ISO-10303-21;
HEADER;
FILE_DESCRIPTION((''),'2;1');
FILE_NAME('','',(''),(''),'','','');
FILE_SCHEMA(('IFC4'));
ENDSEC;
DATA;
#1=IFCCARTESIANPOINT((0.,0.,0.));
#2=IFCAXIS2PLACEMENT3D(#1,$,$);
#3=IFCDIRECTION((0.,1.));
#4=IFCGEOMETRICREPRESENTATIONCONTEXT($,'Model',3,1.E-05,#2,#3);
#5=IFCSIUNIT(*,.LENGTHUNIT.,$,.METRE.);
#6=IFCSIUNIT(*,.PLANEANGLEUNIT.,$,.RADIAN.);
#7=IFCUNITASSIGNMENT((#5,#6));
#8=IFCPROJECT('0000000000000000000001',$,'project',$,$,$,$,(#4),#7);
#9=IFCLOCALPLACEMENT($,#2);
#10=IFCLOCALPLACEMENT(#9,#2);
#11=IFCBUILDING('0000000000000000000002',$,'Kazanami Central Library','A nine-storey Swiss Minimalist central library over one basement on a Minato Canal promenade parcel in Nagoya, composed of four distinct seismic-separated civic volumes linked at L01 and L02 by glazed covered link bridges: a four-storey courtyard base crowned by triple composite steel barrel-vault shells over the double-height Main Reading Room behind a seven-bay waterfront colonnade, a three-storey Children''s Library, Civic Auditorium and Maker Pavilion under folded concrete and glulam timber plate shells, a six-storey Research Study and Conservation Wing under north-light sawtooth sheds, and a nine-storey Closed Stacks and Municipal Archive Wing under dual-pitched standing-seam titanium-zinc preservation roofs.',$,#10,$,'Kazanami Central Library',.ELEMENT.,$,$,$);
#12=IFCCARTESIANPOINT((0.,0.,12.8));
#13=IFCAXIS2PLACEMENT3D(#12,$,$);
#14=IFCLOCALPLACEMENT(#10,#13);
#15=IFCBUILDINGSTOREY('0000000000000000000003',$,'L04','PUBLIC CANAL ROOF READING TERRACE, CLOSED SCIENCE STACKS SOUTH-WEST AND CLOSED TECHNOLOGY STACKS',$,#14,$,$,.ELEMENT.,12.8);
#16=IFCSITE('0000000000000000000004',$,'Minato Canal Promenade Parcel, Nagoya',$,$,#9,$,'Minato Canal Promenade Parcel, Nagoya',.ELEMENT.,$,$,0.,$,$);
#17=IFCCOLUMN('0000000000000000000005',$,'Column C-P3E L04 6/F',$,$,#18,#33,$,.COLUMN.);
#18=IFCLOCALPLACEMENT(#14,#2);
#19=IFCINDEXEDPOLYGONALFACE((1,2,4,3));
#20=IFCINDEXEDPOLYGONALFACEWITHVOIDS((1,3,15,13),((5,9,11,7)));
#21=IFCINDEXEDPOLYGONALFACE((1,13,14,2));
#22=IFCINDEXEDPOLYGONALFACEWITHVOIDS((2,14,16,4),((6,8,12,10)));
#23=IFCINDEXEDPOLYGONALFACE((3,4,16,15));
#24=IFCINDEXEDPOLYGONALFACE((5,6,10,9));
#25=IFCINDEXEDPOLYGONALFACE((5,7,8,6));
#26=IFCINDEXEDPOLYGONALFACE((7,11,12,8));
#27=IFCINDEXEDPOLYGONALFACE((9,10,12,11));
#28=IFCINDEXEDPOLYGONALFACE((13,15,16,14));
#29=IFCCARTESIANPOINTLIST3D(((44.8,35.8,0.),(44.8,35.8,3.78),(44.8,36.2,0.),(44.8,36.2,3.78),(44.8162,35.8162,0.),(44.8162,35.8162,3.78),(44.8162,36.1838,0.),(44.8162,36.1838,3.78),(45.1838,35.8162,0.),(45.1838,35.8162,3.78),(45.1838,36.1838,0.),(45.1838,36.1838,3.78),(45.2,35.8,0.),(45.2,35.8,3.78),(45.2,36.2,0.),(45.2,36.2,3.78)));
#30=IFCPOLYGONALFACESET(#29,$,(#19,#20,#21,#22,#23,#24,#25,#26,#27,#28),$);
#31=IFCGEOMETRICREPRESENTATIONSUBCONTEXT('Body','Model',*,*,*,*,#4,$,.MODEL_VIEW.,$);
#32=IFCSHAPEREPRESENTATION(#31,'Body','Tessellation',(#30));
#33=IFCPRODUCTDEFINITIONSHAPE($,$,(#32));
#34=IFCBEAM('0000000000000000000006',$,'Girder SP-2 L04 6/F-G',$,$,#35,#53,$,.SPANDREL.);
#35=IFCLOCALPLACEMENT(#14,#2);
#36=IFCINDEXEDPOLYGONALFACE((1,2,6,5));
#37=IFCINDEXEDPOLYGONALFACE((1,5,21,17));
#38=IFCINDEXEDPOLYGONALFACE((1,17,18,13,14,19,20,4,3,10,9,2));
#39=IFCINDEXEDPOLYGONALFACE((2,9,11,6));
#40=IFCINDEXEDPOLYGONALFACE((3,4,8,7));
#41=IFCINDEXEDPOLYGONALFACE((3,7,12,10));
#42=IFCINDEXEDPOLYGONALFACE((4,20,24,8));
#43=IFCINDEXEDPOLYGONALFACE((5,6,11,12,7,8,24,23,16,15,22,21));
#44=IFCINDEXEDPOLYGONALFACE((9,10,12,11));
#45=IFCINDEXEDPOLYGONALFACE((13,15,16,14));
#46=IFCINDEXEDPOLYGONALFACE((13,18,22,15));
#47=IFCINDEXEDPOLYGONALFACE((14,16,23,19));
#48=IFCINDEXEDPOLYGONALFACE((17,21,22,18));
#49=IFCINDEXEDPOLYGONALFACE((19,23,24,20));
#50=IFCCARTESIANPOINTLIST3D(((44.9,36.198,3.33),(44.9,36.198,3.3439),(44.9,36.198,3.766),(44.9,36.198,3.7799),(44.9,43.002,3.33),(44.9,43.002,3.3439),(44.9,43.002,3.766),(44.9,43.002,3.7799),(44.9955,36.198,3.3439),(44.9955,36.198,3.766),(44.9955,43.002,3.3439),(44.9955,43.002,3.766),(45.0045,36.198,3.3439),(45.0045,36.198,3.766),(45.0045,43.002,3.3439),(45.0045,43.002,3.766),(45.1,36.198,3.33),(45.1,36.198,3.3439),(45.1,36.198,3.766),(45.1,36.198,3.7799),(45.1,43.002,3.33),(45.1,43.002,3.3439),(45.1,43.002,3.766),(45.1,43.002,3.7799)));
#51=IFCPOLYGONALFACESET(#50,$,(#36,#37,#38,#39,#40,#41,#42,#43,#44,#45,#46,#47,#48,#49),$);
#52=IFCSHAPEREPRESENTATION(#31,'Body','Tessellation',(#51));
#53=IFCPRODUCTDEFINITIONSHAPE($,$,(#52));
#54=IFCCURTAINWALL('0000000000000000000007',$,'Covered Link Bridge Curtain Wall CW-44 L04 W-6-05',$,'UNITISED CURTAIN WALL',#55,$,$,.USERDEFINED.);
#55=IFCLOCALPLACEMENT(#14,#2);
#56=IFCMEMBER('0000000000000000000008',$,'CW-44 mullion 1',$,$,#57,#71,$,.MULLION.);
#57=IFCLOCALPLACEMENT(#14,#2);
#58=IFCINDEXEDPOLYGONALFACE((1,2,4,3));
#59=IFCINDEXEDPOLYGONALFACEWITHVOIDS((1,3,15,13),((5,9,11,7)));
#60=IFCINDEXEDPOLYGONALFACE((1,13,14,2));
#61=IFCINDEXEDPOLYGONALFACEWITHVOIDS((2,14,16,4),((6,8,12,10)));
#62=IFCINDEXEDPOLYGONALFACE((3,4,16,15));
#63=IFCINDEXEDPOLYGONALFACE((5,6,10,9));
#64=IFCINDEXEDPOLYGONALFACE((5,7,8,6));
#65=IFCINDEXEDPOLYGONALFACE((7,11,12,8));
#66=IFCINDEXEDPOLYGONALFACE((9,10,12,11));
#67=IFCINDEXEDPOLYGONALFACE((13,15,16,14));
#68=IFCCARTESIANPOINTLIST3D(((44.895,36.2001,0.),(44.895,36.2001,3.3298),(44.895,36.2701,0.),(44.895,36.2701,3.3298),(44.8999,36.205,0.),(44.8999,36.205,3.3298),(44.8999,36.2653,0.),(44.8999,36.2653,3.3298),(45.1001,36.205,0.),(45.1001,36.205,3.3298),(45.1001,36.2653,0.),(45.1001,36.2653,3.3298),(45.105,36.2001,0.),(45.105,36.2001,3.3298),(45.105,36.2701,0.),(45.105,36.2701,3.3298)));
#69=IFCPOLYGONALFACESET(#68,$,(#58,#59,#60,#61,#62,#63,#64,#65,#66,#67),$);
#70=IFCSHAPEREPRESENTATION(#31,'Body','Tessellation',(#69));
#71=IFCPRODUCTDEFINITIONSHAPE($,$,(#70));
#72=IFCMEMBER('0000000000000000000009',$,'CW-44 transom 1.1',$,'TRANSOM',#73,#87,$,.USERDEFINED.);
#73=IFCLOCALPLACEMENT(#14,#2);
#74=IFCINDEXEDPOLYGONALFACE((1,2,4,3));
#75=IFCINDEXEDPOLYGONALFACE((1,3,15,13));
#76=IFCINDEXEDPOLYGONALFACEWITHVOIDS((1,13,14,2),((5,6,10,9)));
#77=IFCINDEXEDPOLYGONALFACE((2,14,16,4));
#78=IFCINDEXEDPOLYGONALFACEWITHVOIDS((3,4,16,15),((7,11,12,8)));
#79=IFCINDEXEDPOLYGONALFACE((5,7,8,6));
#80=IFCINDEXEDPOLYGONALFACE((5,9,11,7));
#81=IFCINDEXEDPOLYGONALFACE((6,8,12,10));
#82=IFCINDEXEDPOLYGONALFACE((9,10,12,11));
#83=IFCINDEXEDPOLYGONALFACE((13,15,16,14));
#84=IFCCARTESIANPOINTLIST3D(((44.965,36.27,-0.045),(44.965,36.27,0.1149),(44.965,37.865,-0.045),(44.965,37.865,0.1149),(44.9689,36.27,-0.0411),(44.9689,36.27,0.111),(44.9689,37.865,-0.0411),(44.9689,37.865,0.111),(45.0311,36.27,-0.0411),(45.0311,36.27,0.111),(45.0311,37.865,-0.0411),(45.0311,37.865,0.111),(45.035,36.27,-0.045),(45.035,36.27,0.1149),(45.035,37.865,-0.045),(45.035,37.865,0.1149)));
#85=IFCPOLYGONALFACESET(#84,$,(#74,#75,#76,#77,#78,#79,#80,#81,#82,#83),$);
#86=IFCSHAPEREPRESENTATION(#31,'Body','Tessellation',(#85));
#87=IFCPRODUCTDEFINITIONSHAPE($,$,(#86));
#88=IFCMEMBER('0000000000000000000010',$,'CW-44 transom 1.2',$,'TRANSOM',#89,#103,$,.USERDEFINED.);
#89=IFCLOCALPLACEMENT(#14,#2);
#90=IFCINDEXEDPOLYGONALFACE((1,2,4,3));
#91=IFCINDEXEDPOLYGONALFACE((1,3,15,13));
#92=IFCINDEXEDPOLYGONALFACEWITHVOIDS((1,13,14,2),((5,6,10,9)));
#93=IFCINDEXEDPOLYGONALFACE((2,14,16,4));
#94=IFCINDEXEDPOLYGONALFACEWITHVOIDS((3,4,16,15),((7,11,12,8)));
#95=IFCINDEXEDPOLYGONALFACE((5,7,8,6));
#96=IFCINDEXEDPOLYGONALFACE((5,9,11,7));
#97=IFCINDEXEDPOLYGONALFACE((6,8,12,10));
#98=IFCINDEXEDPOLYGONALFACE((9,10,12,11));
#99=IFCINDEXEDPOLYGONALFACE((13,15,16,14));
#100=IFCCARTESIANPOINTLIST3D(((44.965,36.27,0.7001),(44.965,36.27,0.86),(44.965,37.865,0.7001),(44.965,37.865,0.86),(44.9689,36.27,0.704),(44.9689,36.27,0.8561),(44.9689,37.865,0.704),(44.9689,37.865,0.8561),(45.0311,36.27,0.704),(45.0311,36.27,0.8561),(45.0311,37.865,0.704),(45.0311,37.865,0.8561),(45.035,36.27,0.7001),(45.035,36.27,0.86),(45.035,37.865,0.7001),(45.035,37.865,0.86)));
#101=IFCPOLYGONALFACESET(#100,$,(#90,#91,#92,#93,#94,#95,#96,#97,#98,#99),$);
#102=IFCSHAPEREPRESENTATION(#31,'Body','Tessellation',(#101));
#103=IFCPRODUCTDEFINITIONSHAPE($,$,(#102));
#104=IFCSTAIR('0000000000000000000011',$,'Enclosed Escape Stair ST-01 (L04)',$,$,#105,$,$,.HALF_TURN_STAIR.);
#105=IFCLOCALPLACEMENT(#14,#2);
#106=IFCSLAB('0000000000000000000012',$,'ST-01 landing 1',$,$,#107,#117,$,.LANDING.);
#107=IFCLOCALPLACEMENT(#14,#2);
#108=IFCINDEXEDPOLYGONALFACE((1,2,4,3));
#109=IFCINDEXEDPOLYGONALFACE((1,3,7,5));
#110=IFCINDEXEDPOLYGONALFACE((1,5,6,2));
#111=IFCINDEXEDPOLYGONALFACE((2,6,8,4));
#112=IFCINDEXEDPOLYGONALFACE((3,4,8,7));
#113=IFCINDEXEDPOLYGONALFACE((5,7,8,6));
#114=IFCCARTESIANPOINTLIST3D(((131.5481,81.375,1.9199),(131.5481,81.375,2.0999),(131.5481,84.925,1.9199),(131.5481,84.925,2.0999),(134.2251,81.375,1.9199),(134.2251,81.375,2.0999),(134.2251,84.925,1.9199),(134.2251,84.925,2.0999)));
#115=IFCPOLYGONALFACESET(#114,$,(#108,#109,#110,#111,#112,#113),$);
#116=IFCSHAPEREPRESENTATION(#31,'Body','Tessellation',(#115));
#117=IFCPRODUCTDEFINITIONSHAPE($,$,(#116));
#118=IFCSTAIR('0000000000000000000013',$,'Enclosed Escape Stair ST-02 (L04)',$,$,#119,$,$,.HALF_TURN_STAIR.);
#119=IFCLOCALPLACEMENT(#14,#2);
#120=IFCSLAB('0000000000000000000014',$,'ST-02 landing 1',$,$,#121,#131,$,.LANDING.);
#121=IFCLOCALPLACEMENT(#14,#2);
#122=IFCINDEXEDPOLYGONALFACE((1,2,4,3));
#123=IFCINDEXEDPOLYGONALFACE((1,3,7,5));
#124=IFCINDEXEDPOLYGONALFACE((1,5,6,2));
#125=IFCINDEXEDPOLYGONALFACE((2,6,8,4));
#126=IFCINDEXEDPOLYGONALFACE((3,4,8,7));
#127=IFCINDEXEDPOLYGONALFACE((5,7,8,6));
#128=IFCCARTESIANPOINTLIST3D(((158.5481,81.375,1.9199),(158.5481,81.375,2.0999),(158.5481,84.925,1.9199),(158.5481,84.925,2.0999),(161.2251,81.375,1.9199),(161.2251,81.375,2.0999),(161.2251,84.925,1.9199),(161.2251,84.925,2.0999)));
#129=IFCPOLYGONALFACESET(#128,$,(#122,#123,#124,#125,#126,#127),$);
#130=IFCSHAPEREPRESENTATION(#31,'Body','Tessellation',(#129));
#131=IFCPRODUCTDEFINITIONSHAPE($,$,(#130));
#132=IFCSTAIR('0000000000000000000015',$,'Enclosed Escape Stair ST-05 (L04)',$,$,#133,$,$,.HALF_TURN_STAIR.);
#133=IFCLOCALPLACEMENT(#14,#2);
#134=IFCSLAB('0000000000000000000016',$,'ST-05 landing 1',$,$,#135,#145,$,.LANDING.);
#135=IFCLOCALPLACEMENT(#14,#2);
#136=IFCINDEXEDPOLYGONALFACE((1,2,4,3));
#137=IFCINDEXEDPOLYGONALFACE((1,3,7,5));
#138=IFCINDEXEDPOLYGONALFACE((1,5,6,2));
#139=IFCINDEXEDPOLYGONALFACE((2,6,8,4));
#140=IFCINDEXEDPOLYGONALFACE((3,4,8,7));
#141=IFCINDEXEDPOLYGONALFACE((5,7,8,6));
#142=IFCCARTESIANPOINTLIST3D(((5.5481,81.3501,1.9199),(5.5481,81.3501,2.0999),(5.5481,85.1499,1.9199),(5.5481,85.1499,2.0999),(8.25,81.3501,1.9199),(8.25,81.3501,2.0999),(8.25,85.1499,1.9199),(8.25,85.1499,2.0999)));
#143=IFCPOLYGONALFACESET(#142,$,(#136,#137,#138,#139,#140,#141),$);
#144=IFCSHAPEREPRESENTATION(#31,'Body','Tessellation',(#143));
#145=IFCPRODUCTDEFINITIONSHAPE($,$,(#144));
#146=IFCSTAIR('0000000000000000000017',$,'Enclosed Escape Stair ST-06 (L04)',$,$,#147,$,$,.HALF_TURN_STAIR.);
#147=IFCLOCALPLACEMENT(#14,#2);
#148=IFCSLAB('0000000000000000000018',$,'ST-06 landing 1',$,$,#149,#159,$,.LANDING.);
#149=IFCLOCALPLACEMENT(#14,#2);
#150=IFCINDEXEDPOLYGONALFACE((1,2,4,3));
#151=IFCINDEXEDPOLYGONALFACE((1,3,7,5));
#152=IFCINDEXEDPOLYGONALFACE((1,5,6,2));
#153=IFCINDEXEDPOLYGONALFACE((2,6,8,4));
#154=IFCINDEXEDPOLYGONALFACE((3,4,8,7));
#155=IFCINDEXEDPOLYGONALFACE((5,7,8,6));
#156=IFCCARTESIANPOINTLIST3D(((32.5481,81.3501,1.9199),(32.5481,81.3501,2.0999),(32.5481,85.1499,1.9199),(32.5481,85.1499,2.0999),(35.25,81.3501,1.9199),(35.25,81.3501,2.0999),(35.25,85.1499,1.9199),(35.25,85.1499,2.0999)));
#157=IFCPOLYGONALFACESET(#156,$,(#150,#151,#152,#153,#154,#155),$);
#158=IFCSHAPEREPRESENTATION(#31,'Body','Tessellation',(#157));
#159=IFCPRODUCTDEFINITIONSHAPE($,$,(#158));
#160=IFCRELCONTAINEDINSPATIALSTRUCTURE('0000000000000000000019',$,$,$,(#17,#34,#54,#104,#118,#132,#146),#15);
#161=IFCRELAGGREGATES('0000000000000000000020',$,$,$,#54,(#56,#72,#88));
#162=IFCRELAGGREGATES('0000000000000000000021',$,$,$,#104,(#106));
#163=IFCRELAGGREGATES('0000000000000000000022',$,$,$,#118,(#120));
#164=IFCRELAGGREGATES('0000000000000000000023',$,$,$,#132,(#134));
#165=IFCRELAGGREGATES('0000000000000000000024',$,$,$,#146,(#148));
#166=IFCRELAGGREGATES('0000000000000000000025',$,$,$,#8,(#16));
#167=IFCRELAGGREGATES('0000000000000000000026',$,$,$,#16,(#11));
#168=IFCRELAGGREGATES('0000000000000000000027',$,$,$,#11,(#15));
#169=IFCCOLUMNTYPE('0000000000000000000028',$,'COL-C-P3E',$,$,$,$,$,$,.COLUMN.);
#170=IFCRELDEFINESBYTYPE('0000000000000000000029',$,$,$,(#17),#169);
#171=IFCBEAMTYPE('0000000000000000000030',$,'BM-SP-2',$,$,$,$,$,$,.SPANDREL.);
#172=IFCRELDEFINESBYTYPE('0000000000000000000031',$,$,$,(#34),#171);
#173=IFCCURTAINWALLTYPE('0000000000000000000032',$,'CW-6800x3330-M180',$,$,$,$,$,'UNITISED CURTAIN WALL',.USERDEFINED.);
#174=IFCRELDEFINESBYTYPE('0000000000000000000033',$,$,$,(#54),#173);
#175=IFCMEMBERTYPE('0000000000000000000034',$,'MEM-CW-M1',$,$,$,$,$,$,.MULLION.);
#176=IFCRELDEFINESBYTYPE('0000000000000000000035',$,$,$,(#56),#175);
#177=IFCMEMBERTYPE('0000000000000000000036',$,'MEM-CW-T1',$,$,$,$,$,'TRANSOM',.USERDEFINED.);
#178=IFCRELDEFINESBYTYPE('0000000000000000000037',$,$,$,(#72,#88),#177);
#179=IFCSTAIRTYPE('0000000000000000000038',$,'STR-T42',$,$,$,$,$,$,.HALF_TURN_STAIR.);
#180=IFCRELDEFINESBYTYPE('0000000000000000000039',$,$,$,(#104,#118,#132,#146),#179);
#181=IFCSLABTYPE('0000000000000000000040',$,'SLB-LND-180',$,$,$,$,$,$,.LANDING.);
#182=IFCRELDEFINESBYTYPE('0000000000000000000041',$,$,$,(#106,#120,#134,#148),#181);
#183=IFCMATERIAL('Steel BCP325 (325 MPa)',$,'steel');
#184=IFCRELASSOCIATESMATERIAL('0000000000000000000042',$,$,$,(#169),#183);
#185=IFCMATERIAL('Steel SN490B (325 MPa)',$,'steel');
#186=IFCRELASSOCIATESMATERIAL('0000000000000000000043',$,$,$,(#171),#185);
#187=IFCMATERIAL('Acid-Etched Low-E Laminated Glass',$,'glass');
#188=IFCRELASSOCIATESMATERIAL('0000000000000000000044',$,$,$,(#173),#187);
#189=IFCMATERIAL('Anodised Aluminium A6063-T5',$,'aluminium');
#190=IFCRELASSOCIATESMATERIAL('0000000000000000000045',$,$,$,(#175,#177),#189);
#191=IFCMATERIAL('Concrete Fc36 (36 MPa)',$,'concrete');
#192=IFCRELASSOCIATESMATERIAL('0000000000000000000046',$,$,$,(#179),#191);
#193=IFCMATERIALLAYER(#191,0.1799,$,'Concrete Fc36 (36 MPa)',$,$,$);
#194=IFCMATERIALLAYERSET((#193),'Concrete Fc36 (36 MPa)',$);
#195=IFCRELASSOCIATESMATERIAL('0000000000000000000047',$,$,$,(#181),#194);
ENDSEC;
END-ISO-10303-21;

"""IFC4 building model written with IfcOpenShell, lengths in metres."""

from ifc_helpers import new_model, si_unit, direction, frame, origin, origin_2d, place, context, subcontext, project, spatial, polyline, hollow_rectangle, i_section, outline, extrude, material, layer, layer_set, material_profile, profile_set, type_object, element, aggregate, save


model = new_model("IFC4")

# Units and contexts
model_context = context("Model", 3, precision=1e-05, world=origin(), true_north=direction((0.0, 1.0)))
body_context = subcontext(model_context, "Body", "Model", "MODEL_VIEW")
ifc_project = project(units=[si_unit("LENGTHUNIT", "METRE"), si_unit("PLANEANGLEUNIT", "RADIAN")], contexts=[model_context])

# Site, building, storey
site_placement = place(None, origin())
site = spatial("IfcSite", under=ifc_project, at=site_placement, Name="Minato Canal Promenade Parcel, Nagoya", LongName="Minato Canal Promenade Parcel, Nagoya", CompositionType="ELEMENT", RefElevation=0.0)
building_placement = place(site_placement, origin())
building = spatial("IfcBuilding", under=site, at=building_placement, Name="Kazanami Central Library", Description="A nine-storey Swiss Minimalist central library over one basement on a Minato Canal promenade parcel in Nagoya, composed of four distinct seismic-separated civic volumes linked at L01 and L02 by glazed covered link bridges: a four-storey courtyard base crowned by triple composite steel barrel-vault shells over the double-height Main Reading Room behind a seven-bay waterfront colonnade, a three-storey Children's Library, Civic Auditorium and Maker Pavilion under folded concrete and glulam timber plate shells, a six-storey Research Study and Conservation Wing under north-light sawtooth sheds, and a nine-storey Closed Stacks and Municipal Archive Wing under dual-pitched standing-seam titanium-zinc preservation roofs.", LongName="Kazanami Central Library", CompositionType="ELEMENT")
storey_placement = place(building_placement, frame((0.0, 0.0, 12.8)))
storey = spatial("IfcBuildingStorey", under=building, at=storey_placement, Name="L04", Description="PUBLIC CANAL ROOF READING TERRACE, CLOSED SCIENCE STACKS SOUTH-WEST AND CLOSED TECHNOLOGY STACKS", CompositionType="ELEMENT", Elevation=12.8)

# Column
ifc_material_1 = material(Name="Steel BCP325 (325 MPa)", Category="steel")
ifc_material_profile_1 = material_profile(ifc_material_1, hollow_rectangle(XDim=0.3999, YDim=0.3999, WallThickness=0.0161, at=origin_2d()), Name="BCP-400x400x16")
ifc_profile_set_1 = profile_set([ifc_material_profile_1], Name="Steel BCP325 (325 MPa)")
column_type = type_object("IfcColumnType", Name="COL-C-P3E", PredefinedType="COLUMN", material=ifc_profile_set_1)
column_placement = place(storey_placement, frame((45.0, 36.0, 0.0), z_axis=(0.0, 0.0, 1.0), x_axis=(1.0, 0.0, 0.0)))
element("IfcColumn", 1, at=column_placement, inside=storey, type_object=column_type, Name="Column C-P3E L04 6/F", PredefinedType="COLUMN", context=body_context, shape_type="SweptSolid", body=[
    extrude(hollow_rectangle(XDim=0.3999, YDim=0.3999, WallThickness=0.0161, at=origin_2d()), origin(), (0.0, 0.0, 1.0), 3.78),
])

# Beam
ifc_material_2 = material(Name="Steel SN490B (325 MPa)", Category="steel")
ifc_material_profile_2 = material_profile(ifc_material_2, i_section(OverallWidth=0.2, OverallDepth=0.45, WebThickness=0.009, FlangeThickness=0.0139, at=origin_2d()), Name="H-450x200x9x14")
ifc_profile_set_2 = profile_set([ifc_material_profile_2], Name="Steel SN490B (325 MPa)")
beam_type = type_object("IfcBeamType", Name="BM-SP-2", PredefinedType="SPANDREL", material=ifc_profile_set_2)
beam_placement = place(storey_placement, frame((45.0, 36.198, 3.5549), z_axis=(0.0, 1.0, 0.0), x_axis=(-1.0, 0.0, 0.0)))
element("IfcBeam", 2, at=beam_placement, inside=storey, type_object=beam_type, Name="Girder SP-2 L04 6/F-G", PredefinedType="SPANDREL", context=body_context, shape_type="SweptSolid", body=[
    extrude(i_section(OverallWidth=0.2, OverallDepth=0.45, WebThickness=0.009, FlangeThickness=0.0139, at=origin_2d()), origin(), (0.0, 0.0, 1.0), 6.804),
])

# Curtain wall, members
ifc_material_3 = material(Name="Acid-Etched Low-E Laminated Glass", Category="glass")
curtain_wall_type = type_object("IfcCurtainWallType", Name="CW-6800x3330-M180", ElementType="UNITISED CURTAIN WALL", PredefinedType="USERDEFINED", material=ifc_material_3)
curtain_wall_placement = place(storey_placement, origin())
curtain_wall = element("IfcCurtainWall", 3, at=curtain_wall_placement, inside=storey, type_object=curtain_wall_type, Name="Covered Link Bridge Curtain Wall CW-44 L04 W-6-05", ObjectType="UNITISED CURTAIN WALL", PredefinedType="USERDEFINED")
ifc_material_4 = material(Name="Anodised Aluminium A6063-T5", Category="aluminium")
ifc_material_profile_3 = material_profile(ifc_material_4, hollow_rectangle(XDim=0.0701, YDim=0.21, WallThickness=0.0049, at=origin_2d()), Name="ALU-MULL-70x210x5")
ifc_profile_set_3 = profile_set([ifc_material_profile_3], Name="Anodised Aluminium A6063-T5")
member_type_1 = type_object("IfcMemberType", Name="MEM-CW-M1", PredefinedType="MULLION", material=ifc_profile_set_3)
member_1_placement = place(storey_placement, frame((45.0, 36.2351, 0.0), z_axis=(0.0, 0.0, 1.0), x_axis=(0.0, 1.0, 0.0)))
member_1 = element("IfcMember", 4, at=member_1_placement, type_object=member_type_1, Name="CW-44 mullion 1", PredefinedType="MULLION", context=body_context, shape_type="SweptSolid", body=[
    extrude(hollow_rectangle(XDim=0.0701, YDim=0.21, WallThickness=0.0049, at=origin_2d()), origin(), (0.0, 0.0, 1.0), 3.3298),
])
ifc_material_profile_4 = material_profile(ifc_material_4, hollow_rectangle(XDim=0.0701, YDim=0.1599, WallThickness=0.0039, at=origin_2d()), Name="ALU-TRAN-70x160x4")
ifc_profile_set_4 = profile_set([ifc_material_profile_4], Name="Anodised Aluminium A6063-T5")
member_type_2 = type_object("IfcMemberType", Name="MEM-CW-T1", ElementType="TRANSOM", PredefinedType="USERDEFINED", material=ifc_profile_set_4)
member_2_placement = place(storey_placement, frame((45.0, 36.27, 0.0349), z_axis=(0.0, 1.0, 0.0), x_axis=(-1.0, 0.0, 0.0)))
member_2 = element("IfcMember", 5, at=member_2_placement, type_object=member_type_2, Name="CW-44 transom 1.1", ObjectType="TRANSOM", PredefinedType="USERDEFINED", context=body_context, shape_type="SweptSolid", body=[
    extrude(hollow_rectangle(XDim=0.0701, YDim=0.1599, WallThickness=0.0039, at=origin_2d()), origin(), (0.0, 0.0, 1.0), 1.595),
])
member_3_placement = place(storey_placement, frame((45.0, 36.27, 0.78), z_axis=(0.0, 1.0, 0.0), x_axis=(-1.0, 0.0, 0.0)))
member_3 = element("IfcMember", 6, at=member_3_placement, type_object=member_type_2, Name="CW-44 transom 1.2", ObjectType="TRANSOM", PredefinedType="USERDEFINED", context=body_context, shape_type="SweptSolid", body=[
    extrude(hollow_rectangle(XDim=0.0701, YDim=0.1599, WallThickness=0.0039, at=origin_2d()), origin(), (0.0, 0.0, 1.0), 1.595),
])
aggregate(curtain_wall, [member_1, member_2, member_3])

# Stairs, slabs
ifc_material_5 = material(Name="Concrete Fc36 (36 MPa)", Category="concrete")
stair_type = type_object("IfcStairType", Name="STR-T42", PredefinedType="HALF_TURN_STAIR", material=ifc_material_5)
stair_1_placement = place(storey_placement, origin())
stair_1 = element("IfcStair", 7, at=stair_1_placement, inside=storey, type_object=stair_type, Name="Enclosed Escape Stair ST-01 (L04)", PredefinedType="HALF_TURN_STAIR")
ifc_layer_1 = layer(ifc_material_5, 0.1799, Name="Concrete Fc36 (36 MPa)")
ifc_layer_set_1 = layer_set([ifc_layer_1], Name="Concrete Fc36 (36 MPa)")
slab_type_1 = type_object("IfcSlabType", Name="SLB-LND-180", PredefinedType="LANDING", material=ifc_layer_set_1)
slab_1_placement = place(storey_placement, frame((0.0, 0.0, 1.9199)))
slab_1 = element("IfcSlab", 8, at=slab_1_placement, type_object=slab_type_1, Name="ST-01 landing 1", PredefinedType="LANDING", context=body_context, shape_type="SweptSolid", body=[
    extrude(outline(polyline([(131.5481, 81.375), (134.2251, 81.375), (134.2251, 84.925), (131.5481, 84.925), (131.5481, 81.375)])), origin(), (0.0, 0.0, 1.0), 0.1799),
])
aggregate(stair_1, [slab_1])
stair_2_placement = place(storey_placement, origin())
stair_2 = element("IfcStair", 9, at=stair_2_placement, inside=storey, type_object=stair_type, Name="Enclosed Escape Stair ST-02 (L04)", PredefinedType="HALF_TURN_STAIR")
slab_2_placement = place(storey_placement, frame((0.0, 0.0, 1.9199)))
slab_2 = element("IfcSlab", 10, at=slab_2_placement, type_object=slab_type_1, Name="ST-02 landing 1", PredefinedType="LANDING", context=body_context, shape_type="SweptSolid", body=[
    extrude(outline(polyline([(158.5481, 81.375), (161.2251, 81.375), (161.2251, 84.925), (158.5481, 84.925), (158.5481, 81.375)])), origin(), (0.0, 0.0, 1.0), 0.1799),
])
aggregate(stair_2, [slab_2])
stair_3_placement = place(storey_placement, origin())
stair_3 = element("IfcStair", 11, at=stair_3_placement, inside=storey, type_object=stair_type, Name="Enclosed Escape Stair ST-05 (L04)", PredefinedType="HALF_TURN_STAIR")
slab_3_placement = place(storey_placement, frame((0.0, 0.0, 1.9199)))
slab_3 = element("IfcSlab", 12, at=slab_3_placement, type_object=slab_type_1, Name="ST-05 landing 1", PredefinedType="LANDING", context=body_context, shape_type="SweptSolid", body=[
    extrude(outline(polyline([(5.5481, 81.3501), (8.25, 81.3501), (8.25, 85.1499), (5.5481, 85.1499), (5.5481, 81.3501)])), origin(), (0.0, 0.0, 1.0), 0.1799),
])
aggregate(stair_3, [slab_3])
stair_4_placement = place(storey_placement, origin())
stair_4 = element("IfcStair", 13, at=stair_4_placement, inside=storey, type_object=stair_type, Name="Enclosed Escape Stair ST-06 (L04)", PredefinedType="HALF_TURN_STAIR")
slab_4_placement = place(storey_placement, frame((0.0, 0.0, 1.9199)))
slab_4 = element("IfcSlab", 14, at=slab_4_placement, type_object=slab_type_1, Name="ST-06 landing 1", PredefinedType="LANDING", context=body_context, shape_type="SweptSolid", body=[
    extrude(outline(polyline([(32.5481, 81.3501), (35.25, 81.3501), (35.25, 85.1499), (32.5481, 85.1499), (32.5481, 81.3501)])), origin(), (0.0, 0.0, 1.0), 0.1799),
])
aggregate(stair_4, [slab_4])

save(model, "model.ifc")
